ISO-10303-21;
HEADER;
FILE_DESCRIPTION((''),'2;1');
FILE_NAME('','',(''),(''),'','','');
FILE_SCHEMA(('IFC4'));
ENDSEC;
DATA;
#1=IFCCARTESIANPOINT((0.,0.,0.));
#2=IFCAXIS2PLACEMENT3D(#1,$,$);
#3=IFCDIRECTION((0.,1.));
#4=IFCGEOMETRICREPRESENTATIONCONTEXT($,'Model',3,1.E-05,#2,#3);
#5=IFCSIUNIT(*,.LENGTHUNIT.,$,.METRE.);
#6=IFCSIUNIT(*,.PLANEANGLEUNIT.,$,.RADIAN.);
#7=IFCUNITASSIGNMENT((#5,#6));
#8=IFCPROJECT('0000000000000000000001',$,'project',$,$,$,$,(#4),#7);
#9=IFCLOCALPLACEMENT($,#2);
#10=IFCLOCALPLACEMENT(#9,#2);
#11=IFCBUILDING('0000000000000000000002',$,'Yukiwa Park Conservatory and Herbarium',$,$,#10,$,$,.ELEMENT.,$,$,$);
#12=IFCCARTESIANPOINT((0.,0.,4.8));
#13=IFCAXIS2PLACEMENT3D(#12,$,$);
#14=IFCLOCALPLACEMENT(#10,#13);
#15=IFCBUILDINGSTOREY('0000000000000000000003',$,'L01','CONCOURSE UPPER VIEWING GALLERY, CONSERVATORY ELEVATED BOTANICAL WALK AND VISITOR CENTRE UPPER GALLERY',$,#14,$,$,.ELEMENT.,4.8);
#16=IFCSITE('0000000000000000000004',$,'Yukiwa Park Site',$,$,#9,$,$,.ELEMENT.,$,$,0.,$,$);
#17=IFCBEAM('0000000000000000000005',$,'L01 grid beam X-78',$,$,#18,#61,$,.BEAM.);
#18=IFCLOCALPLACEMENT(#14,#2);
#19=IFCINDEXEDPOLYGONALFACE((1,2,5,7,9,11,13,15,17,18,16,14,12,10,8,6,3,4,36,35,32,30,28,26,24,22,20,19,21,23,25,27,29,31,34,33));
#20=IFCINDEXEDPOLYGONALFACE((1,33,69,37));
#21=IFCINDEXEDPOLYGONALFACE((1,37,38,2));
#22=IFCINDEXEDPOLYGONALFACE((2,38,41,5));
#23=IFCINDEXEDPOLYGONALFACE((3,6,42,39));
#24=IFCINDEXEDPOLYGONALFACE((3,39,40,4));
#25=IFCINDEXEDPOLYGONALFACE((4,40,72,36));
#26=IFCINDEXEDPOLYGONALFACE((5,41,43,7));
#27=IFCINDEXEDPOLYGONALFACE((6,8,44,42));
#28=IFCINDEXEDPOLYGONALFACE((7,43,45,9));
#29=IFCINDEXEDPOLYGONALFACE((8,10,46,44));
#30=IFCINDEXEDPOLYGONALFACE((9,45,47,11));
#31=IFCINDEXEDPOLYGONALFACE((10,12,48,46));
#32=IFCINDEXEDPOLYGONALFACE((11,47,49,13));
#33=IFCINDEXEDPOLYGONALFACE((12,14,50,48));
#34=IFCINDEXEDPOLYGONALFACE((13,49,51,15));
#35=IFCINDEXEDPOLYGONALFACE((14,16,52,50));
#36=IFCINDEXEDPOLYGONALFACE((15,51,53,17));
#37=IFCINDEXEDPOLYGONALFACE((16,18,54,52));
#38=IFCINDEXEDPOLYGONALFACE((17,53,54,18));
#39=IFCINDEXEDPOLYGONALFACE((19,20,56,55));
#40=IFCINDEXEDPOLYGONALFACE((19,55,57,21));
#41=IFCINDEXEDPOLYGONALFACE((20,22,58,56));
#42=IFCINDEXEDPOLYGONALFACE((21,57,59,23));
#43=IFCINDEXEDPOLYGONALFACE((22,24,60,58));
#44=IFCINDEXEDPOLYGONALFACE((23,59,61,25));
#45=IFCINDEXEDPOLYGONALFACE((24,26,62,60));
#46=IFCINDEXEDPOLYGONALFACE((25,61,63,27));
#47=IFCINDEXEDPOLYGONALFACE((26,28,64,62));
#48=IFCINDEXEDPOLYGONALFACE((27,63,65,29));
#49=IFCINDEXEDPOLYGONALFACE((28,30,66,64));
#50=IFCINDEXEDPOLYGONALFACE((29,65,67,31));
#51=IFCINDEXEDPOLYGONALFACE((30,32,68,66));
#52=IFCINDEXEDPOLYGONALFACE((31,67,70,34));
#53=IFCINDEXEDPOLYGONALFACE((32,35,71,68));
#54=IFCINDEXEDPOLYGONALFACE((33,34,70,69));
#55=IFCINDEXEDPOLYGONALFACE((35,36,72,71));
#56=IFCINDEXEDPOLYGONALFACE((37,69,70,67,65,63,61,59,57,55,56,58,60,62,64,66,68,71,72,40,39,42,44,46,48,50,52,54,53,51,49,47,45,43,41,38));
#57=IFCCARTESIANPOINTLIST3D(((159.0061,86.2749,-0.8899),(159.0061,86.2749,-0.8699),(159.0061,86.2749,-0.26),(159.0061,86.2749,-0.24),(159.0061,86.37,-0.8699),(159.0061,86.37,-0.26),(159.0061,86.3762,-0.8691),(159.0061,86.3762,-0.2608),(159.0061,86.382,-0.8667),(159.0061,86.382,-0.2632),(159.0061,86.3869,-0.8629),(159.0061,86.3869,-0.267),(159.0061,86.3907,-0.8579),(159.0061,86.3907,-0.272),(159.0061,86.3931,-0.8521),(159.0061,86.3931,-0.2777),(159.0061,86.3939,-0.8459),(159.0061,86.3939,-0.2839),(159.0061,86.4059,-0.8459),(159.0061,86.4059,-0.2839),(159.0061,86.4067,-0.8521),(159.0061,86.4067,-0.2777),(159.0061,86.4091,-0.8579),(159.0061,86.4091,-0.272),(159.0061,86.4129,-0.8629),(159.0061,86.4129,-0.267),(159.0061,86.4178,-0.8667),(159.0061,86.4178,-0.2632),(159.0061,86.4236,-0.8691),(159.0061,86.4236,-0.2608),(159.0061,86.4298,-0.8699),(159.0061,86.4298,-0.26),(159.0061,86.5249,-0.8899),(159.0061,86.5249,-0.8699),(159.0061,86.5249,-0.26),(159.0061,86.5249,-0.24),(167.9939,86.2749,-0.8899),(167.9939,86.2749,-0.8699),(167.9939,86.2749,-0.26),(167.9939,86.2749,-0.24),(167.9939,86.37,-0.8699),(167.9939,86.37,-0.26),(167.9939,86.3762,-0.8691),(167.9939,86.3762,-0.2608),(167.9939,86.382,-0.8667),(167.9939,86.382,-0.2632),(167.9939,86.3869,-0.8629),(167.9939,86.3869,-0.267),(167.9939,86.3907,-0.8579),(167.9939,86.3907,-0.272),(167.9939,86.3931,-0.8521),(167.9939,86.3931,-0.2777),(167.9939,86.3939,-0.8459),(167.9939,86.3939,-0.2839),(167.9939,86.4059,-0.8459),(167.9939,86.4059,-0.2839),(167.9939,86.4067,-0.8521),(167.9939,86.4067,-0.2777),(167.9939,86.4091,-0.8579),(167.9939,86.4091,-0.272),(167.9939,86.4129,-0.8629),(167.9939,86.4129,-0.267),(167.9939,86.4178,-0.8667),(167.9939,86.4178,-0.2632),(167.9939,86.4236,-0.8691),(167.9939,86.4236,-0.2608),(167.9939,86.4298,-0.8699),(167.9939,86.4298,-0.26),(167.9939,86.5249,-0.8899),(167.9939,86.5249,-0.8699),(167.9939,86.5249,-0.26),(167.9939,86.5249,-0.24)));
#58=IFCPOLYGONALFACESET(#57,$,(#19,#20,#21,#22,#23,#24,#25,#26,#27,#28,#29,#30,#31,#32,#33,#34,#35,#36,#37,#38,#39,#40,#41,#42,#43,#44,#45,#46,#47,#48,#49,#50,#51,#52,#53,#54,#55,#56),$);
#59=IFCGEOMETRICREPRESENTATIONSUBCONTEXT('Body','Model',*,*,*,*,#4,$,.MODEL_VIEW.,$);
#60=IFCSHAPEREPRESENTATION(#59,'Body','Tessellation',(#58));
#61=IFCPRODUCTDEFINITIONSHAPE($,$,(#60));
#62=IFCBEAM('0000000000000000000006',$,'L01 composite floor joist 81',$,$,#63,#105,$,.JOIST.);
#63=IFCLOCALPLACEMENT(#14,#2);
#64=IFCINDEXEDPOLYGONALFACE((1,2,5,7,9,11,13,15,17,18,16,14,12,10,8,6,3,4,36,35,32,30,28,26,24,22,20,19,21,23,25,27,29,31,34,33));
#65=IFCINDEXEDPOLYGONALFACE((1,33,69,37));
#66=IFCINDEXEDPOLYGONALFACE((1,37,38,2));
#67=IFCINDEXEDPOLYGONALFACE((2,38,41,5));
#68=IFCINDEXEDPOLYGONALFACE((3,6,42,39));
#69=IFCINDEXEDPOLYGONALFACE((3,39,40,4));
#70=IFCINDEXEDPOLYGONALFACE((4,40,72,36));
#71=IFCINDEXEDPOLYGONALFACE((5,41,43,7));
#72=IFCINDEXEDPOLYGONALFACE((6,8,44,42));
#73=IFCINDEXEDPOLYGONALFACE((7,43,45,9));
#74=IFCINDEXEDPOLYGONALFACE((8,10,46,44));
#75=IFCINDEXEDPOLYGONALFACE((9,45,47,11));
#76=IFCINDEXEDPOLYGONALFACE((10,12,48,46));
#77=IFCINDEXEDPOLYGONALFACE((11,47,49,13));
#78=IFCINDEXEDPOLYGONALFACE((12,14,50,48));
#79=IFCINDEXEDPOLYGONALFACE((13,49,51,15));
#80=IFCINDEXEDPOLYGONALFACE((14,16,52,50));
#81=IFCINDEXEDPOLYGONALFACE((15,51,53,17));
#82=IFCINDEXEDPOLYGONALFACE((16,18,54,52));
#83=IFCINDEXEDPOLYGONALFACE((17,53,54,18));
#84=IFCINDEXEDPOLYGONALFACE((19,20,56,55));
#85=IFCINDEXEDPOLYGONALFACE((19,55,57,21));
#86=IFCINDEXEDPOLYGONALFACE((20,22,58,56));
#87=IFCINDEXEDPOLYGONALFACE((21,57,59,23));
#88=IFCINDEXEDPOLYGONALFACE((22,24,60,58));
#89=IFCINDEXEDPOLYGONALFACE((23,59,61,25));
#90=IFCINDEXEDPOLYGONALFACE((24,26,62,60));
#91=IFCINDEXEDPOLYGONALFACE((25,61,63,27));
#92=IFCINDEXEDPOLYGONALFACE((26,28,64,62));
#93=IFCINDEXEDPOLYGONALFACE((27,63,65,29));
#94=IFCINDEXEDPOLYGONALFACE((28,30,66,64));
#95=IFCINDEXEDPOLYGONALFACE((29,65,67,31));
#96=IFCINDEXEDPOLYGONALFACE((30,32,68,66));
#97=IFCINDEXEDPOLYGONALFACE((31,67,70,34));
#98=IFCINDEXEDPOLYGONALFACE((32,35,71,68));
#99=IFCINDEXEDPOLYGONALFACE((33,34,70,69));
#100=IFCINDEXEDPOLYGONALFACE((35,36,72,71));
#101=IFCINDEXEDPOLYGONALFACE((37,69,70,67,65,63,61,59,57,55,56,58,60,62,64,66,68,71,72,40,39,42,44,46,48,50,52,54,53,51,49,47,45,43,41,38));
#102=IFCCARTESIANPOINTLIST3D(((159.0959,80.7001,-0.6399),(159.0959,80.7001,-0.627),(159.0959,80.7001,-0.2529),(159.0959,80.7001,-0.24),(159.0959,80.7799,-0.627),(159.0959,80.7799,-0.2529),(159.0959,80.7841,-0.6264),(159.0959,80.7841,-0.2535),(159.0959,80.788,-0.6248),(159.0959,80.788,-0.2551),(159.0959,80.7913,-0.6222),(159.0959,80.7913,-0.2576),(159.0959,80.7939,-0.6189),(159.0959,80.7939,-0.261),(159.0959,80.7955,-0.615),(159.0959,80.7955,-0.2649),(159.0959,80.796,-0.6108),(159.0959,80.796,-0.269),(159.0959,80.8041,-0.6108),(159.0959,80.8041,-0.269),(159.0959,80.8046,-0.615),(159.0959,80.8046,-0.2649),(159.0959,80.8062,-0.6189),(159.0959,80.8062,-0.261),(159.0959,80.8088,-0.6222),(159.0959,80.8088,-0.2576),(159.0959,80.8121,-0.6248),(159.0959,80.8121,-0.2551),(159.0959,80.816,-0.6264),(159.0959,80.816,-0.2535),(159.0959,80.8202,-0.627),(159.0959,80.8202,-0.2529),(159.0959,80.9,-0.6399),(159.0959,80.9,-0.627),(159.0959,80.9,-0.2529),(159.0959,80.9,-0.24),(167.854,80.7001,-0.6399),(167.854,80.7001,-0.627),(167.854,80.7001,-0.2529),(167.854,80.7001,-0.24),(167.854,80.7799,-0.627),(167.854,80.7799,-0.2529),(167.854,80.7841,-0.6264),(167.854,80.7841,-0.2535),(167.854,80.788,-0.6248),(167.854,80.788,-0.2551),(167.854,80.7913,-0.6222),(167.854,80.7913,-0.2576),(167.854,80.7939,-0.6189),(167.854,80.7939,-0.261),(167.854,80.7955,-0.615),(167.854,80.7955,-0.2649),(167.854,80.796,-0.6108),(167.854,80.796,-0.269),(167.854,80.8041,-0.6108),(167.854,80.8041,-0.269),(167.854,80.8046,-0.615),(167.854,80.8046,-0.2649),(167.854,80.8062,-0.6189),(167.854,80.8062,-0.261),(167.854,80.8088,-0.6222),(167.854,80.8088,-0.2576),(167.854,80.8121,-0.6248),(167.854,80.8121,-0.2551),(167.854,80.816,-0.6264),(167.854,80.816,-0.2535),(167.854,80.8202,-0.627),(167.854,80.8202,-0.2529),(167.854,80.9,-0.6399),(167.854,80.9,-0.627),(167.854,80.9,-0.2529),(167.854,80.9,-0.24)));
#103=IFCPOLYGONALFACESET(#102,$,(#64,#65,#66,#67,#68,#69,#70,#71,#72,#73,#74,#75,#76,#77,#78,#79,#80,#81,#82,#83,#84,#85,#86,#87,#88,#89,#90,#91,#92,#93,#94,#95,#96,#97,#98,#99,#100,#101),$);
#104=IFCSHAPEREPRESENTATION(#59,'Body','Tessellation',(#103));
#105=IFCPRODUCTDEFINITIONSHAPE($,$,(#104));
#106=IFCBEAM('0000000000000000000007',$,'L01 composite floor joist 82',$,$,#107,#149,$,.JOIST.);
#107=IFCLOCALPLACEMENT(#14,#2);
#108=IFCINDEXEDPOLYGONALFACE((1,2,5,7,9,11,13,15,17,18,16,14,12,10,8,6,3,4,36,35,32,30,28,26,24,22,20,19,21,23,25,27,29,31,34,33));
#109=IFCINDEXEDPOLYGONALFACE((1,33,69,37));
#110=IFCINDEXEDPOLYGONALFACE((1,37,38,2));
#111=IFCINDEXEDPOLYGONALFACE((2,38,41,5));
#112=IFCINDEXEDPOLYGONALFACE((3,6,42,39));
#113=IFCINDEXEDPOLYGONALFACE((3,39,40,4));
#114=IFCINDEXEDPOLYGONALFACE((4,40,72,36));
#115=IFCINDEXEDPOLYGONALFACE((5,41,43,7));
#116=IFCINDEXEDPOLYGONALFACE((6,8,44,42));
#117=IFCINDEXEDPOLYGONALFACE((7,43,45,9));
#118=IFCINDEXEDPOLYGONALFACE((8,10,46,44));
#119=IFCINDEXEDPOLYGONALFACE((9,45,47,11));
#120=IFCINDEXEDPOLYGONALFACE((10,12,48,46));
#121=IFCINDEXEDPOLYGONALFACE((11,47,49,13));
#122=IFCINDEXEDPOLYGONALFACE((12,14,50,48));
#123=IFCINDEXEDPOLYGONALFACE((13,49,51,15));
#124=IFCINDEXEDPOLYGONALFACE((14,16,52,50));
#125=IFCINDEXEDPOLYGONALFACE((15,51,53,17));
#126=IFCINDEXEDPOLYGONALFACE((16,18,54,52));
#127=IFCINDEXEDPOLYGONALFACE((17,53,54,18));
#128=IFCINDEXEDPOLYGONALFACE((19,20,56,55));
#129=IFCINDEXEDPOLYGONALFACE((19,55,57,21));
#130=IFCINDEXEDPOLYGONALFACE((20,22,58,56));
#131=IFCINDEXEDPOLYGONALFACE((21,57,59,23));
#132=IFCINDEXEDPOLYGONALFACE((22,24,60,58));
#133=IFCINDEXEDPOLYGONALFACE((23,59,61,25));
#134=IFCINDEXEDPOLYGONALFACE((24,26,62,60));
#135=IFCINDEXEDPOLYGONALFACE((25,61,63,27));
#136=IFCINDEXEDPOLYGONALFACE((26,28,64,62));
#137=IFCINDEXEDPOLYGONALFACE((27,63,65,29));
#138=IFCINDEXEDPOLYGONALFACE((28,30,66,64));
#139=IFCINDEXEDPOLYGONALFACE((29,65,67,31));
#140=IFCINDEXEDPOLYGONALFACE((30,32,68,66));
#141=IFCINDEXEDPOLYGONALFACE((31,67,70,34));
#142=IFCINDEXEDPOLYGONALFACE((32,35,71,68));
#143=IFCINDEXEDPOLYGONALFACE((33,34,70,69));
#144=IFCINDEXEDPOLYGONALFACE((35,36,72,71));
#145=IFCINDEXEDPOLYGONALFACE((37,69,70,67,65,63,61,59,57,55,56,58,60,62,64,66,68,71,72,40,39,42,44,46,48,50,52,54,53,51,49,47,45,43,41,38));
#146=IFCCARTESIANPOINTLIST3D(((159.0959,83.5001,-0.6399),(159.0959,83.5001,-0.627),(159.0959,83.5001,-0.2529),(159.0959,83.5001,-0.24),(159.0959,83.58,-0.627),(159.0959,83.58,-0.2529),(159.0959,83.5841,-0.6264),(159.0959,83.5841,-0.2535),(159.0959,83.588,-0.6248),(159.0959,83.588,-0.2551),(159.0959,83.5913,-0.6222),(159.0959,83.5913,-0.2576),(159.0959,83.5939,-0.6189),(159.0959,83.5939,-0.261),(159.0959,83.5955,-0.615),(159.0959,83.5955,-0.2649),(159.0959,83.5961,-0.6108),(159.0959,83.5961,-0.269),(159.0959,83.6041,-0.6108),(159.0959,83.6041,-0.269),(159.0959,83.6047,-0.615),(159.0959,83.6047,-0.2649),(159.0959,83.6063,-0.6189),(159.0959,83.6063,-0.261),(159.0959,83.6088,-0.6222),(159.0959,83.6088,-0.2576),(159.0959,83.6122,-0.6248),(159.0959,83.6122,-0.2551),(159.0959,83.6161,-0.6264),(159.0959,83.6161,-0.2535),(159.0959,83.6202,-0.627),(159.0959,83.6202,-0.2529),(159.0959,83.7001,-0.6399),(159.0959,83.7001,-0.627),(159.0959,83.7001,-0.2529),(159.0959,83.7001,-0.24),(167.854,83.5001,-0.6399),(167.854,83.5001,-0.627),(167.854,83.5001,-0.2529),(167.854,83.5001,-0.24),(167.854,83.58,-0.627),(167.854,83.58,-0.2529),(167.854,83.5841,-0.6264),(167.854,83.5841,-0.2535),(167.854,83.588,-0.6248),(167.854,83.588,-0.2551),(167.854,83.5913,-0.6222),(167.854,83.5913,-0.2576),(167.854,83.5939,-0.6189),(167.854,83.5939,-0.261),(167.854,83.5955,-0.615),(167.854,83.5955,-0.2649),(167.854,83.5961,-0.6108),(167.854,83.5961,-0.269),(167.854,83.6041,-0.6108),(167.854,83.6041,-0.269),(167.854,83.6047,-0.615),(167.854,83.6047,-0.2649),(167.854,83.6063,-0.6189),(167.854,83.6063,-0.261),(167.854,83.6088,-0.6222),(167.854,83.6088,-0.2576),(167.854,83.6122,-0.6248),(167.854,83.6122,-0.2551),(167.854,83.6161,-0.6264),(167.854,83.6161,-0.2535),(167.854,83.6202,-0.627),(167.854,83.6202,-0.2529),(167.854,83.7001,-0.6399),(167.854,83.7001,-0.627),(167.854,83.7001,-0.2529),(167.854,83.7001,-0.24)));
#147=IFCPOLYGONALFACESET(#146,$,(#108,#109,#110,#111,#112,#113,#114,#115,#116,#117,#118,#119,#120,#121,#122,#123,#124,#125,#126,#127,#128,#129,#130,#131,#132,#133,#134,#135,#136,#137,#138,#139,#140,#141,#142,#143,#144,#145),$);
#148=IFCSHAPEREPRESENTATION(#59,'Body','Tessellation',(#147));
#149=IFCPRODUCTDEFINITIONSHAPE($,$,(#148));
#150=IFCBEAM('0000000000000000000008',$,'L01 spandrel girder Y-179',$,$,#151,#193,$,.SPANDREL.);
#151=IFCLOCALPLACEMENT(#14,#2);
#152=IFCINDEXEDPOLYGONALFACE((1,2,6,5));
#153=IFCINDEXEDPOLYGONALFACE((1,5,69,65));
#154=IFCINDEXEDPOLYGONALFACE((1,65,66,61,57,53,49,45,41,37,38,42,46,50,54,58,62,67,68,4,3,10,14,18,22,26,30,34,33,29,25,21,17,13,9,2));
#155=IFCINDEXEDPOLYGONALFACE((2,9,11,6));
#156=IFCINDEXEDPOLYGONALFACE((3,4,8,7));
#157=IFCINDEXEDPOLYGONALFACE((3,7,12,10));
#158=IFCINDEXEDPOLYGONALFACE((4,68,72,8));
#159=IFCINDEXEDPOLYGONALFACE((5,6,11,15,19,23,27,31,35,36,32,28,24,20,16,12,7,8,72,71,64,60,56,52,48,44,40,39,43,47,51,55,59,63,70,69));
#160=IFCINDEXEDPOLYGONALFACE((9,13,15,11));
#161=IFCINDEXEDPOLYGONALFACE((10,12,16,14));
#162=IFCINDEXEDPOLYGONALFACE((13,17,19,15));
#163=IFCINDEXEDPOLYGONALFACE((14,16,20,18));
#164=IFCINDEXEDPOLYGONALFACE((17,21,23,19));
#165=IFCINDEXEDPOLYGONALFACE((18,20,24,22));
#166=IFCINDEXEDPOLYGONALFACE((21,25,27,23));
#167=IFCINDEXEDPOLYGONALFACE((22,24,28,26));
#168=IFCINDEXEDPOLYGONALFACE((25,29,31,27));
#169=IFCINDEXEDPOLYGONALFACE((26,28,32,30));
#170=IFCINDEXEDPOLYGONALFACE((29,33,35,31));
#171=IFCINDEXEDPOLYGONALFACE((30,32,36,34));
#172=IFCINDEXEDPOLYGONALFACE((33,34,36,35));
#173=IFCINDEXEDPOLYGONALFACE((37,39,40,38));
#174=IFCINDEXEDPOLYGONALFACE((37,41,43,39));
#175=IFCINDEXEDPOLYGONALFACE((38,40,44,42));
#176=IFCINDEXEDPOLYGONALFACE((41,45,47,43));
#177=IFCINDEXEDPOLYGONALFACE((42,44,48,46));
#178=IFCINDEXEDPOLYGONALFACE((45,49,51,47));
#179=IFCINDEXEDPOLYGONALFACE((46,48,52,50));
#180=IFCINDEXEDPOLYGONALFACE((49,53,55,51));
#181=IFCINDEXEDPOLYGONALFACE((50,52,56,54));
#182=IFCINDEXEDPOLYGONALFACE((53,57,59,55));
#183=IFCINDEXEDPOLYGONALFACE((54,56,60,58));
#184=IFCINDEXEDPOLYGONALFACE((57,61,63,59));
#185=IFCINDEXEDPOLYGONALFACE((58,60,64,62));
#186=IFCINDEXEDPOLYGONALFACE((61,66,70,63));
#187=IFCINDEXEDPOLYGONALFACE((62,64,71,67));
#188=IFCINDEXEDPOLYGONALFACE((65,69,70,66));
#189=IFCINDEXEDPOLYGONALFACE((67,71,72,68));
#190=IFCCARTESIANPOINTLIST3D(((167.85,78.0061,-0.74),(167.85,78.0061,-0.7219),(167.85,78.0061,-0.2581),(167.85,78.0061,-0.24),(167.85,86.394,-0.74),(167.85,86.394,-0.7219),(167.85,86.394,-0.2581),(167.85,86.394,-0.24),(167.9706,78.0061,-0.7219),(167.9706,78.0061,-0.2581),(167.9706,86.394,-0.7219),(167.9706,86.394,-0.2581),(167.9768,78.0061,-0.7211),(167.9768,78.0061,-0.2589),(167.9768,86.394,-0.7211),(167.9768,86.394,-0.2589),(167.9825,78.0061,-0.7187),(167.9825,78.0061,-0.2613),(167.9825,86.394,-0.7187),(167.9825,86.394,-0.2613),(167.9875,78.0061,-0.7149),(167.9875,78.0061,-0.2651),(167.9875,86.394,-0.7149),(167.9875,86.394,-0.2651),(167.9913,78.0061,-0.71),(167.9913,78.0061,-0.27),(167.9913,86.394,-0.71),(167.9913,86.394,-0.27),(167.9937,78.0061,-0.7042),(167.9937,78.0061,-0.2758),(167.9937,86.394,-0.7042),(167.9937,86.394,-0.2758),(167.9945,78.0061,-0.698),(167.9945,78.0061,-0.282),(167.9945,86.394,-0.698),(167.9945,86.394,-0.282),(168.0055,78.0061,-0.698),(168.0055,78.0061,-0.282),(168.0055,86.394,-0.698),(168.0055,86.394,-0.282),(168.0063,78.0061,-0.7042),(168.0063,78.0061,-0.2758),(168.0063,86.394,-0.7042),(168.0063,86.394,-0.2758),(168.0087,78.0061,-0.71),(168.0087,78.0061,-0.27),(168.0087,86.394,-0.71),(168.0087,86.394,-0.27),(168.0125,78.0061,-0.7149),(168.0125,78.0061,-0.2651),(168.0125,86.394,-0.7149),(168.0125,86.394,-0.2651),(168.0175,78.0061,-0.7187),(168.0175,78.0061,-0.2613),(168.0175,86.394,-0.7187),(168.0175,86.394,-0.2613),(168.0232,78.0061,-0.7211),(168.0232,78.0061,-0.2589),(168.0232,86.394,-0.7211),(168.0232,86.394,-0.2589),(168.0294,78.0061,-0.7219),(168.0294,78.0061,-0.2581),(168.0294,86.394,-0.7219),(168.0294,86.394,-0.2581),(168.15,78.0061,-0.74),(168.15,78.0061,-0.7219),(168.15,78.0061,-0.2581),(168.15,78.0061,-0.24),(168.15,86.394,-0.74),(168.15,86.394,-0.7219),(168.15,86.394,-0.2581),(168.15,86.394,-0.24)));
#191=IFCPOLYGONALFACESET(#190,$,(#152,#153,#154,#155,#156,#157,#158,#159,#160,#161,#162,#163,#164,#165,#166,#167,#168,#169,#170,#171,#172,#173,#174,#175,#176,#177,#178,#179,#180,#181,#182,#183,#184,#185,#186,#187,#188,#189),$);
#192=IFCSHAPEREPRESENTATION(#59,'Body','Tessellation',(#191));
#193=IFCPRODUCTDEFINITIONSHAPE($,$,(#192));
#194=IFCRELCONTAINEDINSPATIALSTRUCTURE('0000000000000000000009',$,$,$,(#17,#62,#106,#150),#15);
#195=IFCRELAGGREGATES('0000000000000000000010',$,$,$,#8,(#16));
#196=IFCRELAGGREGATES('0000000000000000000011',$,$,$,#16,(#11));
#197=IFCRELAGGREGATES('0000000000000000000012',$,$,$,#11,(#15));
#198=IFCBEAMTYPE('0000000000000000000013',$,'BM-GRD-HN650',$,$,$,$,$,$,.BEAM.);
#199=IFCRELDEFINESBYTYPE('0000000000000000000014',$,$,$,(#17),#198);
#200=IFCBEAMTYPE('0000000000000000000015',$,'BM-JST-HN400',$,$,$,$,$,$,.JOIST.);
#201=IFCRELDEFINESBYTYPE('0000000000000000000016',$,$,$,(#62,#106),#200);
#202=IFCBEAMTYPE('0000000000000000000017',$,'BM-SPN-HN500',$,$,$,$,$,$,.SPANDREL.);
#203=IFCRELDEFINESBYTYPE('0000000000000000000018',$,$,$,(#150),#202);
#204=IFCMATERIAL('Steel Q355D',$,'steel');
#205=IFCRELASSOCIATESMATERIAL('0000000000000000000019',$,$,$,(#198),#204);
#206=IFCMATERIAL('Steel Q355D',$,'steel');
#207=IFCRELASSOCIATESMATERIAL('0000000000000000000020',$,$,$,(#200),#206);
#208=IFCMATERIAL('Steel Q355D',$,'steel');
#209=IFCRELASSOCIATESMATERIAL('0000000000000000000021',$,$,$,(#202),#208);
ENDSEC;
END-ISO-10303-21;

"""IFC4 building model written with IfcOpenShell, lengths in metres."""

from ifc_helpers import new_model, si_unit, direction, frame, origin, origin_2d, place, context, subcontext, project, spatial, i_section, extrude, material, material_profile, profile_set, type_object, element, save


model = new_model("IFC4")

# Units and contexts
model_context = context("Model", 3, precision=1e-05, world=origin(), true_north=direction((0.0, 1.0)))
body_context = subcontext(model_context, "Body", "Model", "MODEL_VIEW")
ifc_project = project(units=[si_unit("LENGTHUNIT", "METRE"), si_unit("PLANEANGLEUNIT", "RADIAN")], contexts=[model_context])

# Site, building, storey
site_placement = place(None, origin())
site = spatial("IfcSite", under=ifc_project, at=site_placement, Name="Yukiwa Park Site", CompositionType="ELEMENT", RefElevation=0.0)
building_placement = place(site_placement, origin())
building = spatial("IfcBuilding", under=site, at=building_placement, Name="Yukiwa Park Conservatory and Herbarium", CompositionType="ELEMENT")
storey_placement = place(building_placement, frame((0.0, 0.0, 4.8)))
storey = spatial("IfcBuildingStorey", under=building, at=storey_placement, Name="L01", Description="CONCOURSE UPPER VIEWING GALLERY, CONSERVATORY ELEVATED BOTANICAL WALK AND VISITOR CENTRE UPPER GALLERY", CompositionType="ELEMENT", Elevation=4.8)

# Beams
ifc_material_1 = material(Name="Steel Q355D", Category="steel")
ifc_material_profile_1 = material_profile(ifc_material_1, i_section(OverallWidth=0.25, OverallDepth=0.6499, WebThickness=0.012, FlangeThickness=0.02, FilletRadius=0.0239, at=origin_2d()), Name="HN 650x250x12x20")
ifc_profile_set_1 = profile_set([ifc_material_profile_1], Name="Steel Q355D")
beam_type_1 = type_object("IfcBeamType", Name="BM-GRD-HN650", PredefinedType="BEAM", material=ifc_profile_set_1)
beam_1_placement = place(storey_placement, frame((159.0061, 86.3999, -0.5649), z_axis=(1.0, 0.0, 0.0), x_axis=(0.0, 1.0, 0.0)))
element("IfcBeam", 1, at=beam_1_placement, inside=storey, type_object=beam_type_1, Name="L01 grid beam X-78", PredefinedType="BEAM", context=body_context, shape_type="SweptSolid", body=[
    extrude(i_section(OverallWidth=0.25, OverallDepth=0.6499, WebThickness=0.012, FlangeThickness=0.02, FilletRadius=0.0239, at=origin_2d()), origin(), (0.0, 0.0, 1.0), 8.9878),
])
ifc_material_2 = material(Name="Steel Q355D", Category="steel")
ifc_material_profile_2 = material_profile(ifc_material_2, i_section(OverallWidth=0.2, OverallDepth=0.3999, WebThickness=0.0081, FlangeThickness=0.0129, FilletRadius=0.0161, at=origin_2d()), Name="HN 400x200x8x13")
ifc_profile_set_2 = profile_set([ifc_material_profile_2], Name="Steel Q355D")
beam_type_2 = type_object("IfcBeamType", Name="BM-JST-HN400", PredefinedType="JOIST", material=ifc_profile_set_2)
for number, where, z_axis, x_axis, name in (
    (2, (159.0959, 80.8, -0.4399), (1.0, 0.0, 0.0), (0.0, 1.0, 0.0), "L01 composite floor joist 81"),
    (3, (159.0959, 83.6001, -0.4399), (1.0, 0.0, 0.0), (0.0, 1.0, 0.0), "L01 composite floor joist 82"),
):
    element("IfcBeam", number, at=place(storey_placement, frame(where, z_axis=z_axis, x_axis=x_axis)), inside=storey, type_object=beam_type_2, Name=name, PredefinedType="JOIST", context=body_context, shape_type="SweptSolid", body=[
        extrude(i_section(OverallWidth=0.2, OverallDepth=0.3999, WebThickness=0.0081, FlangeThickness=0.0129, FilletRadius=0.0161, at=origin_2d()), origin(), (0.0, 0.0, 1.0), 8.7581),
    ])
ifc_material_3 = material(Name="Steel Q355D", Category="steel")
ifc_material_profile_3 = material_profile(ifc_material_3, i_section(OverallWidth=0.3, OverallDepth=0.5, WebThickness=0.011, FlangeThickness=0.0181, FilletRadius=0.0239, at=origin_2d()), Name="HM 500x300x11x18")
ifc_profile_set_3 = profile_set([ifc_material_profile_3], Name="Steel Q355D")
beam_type_3 = type_object("IfcBeamType", Name="BM-SPN-HN500", PredefinedType="SPANDREL", material=ifc_profile_set_3)
beam_2_placement = place(storey_placement, frame((168.0, 78.0061, -0.49), z_axis=(0.0, 1.0, 0.0), x_axis=(-1.0, 0.0, 0.0)))
element("IfcBeam", 4, at=beam_2_placement, inside=storey, type_object=beam_type_3, Name="L01 spandrel girder Y-179", PredefinedType="SPANDREL", context=body_context, shape_type="SweptSolid", body=[
    extrude(i_section(OverallWidth=0.3, OverallDepth=0.5, WebThickness=0.011, FlangeThickness=0.0181, FilletRadius=0.0239, at=origin_2d()), origin(), (0.0, 0.0, 1.0), 8.3879),
])

save(model, "model.ifc")
